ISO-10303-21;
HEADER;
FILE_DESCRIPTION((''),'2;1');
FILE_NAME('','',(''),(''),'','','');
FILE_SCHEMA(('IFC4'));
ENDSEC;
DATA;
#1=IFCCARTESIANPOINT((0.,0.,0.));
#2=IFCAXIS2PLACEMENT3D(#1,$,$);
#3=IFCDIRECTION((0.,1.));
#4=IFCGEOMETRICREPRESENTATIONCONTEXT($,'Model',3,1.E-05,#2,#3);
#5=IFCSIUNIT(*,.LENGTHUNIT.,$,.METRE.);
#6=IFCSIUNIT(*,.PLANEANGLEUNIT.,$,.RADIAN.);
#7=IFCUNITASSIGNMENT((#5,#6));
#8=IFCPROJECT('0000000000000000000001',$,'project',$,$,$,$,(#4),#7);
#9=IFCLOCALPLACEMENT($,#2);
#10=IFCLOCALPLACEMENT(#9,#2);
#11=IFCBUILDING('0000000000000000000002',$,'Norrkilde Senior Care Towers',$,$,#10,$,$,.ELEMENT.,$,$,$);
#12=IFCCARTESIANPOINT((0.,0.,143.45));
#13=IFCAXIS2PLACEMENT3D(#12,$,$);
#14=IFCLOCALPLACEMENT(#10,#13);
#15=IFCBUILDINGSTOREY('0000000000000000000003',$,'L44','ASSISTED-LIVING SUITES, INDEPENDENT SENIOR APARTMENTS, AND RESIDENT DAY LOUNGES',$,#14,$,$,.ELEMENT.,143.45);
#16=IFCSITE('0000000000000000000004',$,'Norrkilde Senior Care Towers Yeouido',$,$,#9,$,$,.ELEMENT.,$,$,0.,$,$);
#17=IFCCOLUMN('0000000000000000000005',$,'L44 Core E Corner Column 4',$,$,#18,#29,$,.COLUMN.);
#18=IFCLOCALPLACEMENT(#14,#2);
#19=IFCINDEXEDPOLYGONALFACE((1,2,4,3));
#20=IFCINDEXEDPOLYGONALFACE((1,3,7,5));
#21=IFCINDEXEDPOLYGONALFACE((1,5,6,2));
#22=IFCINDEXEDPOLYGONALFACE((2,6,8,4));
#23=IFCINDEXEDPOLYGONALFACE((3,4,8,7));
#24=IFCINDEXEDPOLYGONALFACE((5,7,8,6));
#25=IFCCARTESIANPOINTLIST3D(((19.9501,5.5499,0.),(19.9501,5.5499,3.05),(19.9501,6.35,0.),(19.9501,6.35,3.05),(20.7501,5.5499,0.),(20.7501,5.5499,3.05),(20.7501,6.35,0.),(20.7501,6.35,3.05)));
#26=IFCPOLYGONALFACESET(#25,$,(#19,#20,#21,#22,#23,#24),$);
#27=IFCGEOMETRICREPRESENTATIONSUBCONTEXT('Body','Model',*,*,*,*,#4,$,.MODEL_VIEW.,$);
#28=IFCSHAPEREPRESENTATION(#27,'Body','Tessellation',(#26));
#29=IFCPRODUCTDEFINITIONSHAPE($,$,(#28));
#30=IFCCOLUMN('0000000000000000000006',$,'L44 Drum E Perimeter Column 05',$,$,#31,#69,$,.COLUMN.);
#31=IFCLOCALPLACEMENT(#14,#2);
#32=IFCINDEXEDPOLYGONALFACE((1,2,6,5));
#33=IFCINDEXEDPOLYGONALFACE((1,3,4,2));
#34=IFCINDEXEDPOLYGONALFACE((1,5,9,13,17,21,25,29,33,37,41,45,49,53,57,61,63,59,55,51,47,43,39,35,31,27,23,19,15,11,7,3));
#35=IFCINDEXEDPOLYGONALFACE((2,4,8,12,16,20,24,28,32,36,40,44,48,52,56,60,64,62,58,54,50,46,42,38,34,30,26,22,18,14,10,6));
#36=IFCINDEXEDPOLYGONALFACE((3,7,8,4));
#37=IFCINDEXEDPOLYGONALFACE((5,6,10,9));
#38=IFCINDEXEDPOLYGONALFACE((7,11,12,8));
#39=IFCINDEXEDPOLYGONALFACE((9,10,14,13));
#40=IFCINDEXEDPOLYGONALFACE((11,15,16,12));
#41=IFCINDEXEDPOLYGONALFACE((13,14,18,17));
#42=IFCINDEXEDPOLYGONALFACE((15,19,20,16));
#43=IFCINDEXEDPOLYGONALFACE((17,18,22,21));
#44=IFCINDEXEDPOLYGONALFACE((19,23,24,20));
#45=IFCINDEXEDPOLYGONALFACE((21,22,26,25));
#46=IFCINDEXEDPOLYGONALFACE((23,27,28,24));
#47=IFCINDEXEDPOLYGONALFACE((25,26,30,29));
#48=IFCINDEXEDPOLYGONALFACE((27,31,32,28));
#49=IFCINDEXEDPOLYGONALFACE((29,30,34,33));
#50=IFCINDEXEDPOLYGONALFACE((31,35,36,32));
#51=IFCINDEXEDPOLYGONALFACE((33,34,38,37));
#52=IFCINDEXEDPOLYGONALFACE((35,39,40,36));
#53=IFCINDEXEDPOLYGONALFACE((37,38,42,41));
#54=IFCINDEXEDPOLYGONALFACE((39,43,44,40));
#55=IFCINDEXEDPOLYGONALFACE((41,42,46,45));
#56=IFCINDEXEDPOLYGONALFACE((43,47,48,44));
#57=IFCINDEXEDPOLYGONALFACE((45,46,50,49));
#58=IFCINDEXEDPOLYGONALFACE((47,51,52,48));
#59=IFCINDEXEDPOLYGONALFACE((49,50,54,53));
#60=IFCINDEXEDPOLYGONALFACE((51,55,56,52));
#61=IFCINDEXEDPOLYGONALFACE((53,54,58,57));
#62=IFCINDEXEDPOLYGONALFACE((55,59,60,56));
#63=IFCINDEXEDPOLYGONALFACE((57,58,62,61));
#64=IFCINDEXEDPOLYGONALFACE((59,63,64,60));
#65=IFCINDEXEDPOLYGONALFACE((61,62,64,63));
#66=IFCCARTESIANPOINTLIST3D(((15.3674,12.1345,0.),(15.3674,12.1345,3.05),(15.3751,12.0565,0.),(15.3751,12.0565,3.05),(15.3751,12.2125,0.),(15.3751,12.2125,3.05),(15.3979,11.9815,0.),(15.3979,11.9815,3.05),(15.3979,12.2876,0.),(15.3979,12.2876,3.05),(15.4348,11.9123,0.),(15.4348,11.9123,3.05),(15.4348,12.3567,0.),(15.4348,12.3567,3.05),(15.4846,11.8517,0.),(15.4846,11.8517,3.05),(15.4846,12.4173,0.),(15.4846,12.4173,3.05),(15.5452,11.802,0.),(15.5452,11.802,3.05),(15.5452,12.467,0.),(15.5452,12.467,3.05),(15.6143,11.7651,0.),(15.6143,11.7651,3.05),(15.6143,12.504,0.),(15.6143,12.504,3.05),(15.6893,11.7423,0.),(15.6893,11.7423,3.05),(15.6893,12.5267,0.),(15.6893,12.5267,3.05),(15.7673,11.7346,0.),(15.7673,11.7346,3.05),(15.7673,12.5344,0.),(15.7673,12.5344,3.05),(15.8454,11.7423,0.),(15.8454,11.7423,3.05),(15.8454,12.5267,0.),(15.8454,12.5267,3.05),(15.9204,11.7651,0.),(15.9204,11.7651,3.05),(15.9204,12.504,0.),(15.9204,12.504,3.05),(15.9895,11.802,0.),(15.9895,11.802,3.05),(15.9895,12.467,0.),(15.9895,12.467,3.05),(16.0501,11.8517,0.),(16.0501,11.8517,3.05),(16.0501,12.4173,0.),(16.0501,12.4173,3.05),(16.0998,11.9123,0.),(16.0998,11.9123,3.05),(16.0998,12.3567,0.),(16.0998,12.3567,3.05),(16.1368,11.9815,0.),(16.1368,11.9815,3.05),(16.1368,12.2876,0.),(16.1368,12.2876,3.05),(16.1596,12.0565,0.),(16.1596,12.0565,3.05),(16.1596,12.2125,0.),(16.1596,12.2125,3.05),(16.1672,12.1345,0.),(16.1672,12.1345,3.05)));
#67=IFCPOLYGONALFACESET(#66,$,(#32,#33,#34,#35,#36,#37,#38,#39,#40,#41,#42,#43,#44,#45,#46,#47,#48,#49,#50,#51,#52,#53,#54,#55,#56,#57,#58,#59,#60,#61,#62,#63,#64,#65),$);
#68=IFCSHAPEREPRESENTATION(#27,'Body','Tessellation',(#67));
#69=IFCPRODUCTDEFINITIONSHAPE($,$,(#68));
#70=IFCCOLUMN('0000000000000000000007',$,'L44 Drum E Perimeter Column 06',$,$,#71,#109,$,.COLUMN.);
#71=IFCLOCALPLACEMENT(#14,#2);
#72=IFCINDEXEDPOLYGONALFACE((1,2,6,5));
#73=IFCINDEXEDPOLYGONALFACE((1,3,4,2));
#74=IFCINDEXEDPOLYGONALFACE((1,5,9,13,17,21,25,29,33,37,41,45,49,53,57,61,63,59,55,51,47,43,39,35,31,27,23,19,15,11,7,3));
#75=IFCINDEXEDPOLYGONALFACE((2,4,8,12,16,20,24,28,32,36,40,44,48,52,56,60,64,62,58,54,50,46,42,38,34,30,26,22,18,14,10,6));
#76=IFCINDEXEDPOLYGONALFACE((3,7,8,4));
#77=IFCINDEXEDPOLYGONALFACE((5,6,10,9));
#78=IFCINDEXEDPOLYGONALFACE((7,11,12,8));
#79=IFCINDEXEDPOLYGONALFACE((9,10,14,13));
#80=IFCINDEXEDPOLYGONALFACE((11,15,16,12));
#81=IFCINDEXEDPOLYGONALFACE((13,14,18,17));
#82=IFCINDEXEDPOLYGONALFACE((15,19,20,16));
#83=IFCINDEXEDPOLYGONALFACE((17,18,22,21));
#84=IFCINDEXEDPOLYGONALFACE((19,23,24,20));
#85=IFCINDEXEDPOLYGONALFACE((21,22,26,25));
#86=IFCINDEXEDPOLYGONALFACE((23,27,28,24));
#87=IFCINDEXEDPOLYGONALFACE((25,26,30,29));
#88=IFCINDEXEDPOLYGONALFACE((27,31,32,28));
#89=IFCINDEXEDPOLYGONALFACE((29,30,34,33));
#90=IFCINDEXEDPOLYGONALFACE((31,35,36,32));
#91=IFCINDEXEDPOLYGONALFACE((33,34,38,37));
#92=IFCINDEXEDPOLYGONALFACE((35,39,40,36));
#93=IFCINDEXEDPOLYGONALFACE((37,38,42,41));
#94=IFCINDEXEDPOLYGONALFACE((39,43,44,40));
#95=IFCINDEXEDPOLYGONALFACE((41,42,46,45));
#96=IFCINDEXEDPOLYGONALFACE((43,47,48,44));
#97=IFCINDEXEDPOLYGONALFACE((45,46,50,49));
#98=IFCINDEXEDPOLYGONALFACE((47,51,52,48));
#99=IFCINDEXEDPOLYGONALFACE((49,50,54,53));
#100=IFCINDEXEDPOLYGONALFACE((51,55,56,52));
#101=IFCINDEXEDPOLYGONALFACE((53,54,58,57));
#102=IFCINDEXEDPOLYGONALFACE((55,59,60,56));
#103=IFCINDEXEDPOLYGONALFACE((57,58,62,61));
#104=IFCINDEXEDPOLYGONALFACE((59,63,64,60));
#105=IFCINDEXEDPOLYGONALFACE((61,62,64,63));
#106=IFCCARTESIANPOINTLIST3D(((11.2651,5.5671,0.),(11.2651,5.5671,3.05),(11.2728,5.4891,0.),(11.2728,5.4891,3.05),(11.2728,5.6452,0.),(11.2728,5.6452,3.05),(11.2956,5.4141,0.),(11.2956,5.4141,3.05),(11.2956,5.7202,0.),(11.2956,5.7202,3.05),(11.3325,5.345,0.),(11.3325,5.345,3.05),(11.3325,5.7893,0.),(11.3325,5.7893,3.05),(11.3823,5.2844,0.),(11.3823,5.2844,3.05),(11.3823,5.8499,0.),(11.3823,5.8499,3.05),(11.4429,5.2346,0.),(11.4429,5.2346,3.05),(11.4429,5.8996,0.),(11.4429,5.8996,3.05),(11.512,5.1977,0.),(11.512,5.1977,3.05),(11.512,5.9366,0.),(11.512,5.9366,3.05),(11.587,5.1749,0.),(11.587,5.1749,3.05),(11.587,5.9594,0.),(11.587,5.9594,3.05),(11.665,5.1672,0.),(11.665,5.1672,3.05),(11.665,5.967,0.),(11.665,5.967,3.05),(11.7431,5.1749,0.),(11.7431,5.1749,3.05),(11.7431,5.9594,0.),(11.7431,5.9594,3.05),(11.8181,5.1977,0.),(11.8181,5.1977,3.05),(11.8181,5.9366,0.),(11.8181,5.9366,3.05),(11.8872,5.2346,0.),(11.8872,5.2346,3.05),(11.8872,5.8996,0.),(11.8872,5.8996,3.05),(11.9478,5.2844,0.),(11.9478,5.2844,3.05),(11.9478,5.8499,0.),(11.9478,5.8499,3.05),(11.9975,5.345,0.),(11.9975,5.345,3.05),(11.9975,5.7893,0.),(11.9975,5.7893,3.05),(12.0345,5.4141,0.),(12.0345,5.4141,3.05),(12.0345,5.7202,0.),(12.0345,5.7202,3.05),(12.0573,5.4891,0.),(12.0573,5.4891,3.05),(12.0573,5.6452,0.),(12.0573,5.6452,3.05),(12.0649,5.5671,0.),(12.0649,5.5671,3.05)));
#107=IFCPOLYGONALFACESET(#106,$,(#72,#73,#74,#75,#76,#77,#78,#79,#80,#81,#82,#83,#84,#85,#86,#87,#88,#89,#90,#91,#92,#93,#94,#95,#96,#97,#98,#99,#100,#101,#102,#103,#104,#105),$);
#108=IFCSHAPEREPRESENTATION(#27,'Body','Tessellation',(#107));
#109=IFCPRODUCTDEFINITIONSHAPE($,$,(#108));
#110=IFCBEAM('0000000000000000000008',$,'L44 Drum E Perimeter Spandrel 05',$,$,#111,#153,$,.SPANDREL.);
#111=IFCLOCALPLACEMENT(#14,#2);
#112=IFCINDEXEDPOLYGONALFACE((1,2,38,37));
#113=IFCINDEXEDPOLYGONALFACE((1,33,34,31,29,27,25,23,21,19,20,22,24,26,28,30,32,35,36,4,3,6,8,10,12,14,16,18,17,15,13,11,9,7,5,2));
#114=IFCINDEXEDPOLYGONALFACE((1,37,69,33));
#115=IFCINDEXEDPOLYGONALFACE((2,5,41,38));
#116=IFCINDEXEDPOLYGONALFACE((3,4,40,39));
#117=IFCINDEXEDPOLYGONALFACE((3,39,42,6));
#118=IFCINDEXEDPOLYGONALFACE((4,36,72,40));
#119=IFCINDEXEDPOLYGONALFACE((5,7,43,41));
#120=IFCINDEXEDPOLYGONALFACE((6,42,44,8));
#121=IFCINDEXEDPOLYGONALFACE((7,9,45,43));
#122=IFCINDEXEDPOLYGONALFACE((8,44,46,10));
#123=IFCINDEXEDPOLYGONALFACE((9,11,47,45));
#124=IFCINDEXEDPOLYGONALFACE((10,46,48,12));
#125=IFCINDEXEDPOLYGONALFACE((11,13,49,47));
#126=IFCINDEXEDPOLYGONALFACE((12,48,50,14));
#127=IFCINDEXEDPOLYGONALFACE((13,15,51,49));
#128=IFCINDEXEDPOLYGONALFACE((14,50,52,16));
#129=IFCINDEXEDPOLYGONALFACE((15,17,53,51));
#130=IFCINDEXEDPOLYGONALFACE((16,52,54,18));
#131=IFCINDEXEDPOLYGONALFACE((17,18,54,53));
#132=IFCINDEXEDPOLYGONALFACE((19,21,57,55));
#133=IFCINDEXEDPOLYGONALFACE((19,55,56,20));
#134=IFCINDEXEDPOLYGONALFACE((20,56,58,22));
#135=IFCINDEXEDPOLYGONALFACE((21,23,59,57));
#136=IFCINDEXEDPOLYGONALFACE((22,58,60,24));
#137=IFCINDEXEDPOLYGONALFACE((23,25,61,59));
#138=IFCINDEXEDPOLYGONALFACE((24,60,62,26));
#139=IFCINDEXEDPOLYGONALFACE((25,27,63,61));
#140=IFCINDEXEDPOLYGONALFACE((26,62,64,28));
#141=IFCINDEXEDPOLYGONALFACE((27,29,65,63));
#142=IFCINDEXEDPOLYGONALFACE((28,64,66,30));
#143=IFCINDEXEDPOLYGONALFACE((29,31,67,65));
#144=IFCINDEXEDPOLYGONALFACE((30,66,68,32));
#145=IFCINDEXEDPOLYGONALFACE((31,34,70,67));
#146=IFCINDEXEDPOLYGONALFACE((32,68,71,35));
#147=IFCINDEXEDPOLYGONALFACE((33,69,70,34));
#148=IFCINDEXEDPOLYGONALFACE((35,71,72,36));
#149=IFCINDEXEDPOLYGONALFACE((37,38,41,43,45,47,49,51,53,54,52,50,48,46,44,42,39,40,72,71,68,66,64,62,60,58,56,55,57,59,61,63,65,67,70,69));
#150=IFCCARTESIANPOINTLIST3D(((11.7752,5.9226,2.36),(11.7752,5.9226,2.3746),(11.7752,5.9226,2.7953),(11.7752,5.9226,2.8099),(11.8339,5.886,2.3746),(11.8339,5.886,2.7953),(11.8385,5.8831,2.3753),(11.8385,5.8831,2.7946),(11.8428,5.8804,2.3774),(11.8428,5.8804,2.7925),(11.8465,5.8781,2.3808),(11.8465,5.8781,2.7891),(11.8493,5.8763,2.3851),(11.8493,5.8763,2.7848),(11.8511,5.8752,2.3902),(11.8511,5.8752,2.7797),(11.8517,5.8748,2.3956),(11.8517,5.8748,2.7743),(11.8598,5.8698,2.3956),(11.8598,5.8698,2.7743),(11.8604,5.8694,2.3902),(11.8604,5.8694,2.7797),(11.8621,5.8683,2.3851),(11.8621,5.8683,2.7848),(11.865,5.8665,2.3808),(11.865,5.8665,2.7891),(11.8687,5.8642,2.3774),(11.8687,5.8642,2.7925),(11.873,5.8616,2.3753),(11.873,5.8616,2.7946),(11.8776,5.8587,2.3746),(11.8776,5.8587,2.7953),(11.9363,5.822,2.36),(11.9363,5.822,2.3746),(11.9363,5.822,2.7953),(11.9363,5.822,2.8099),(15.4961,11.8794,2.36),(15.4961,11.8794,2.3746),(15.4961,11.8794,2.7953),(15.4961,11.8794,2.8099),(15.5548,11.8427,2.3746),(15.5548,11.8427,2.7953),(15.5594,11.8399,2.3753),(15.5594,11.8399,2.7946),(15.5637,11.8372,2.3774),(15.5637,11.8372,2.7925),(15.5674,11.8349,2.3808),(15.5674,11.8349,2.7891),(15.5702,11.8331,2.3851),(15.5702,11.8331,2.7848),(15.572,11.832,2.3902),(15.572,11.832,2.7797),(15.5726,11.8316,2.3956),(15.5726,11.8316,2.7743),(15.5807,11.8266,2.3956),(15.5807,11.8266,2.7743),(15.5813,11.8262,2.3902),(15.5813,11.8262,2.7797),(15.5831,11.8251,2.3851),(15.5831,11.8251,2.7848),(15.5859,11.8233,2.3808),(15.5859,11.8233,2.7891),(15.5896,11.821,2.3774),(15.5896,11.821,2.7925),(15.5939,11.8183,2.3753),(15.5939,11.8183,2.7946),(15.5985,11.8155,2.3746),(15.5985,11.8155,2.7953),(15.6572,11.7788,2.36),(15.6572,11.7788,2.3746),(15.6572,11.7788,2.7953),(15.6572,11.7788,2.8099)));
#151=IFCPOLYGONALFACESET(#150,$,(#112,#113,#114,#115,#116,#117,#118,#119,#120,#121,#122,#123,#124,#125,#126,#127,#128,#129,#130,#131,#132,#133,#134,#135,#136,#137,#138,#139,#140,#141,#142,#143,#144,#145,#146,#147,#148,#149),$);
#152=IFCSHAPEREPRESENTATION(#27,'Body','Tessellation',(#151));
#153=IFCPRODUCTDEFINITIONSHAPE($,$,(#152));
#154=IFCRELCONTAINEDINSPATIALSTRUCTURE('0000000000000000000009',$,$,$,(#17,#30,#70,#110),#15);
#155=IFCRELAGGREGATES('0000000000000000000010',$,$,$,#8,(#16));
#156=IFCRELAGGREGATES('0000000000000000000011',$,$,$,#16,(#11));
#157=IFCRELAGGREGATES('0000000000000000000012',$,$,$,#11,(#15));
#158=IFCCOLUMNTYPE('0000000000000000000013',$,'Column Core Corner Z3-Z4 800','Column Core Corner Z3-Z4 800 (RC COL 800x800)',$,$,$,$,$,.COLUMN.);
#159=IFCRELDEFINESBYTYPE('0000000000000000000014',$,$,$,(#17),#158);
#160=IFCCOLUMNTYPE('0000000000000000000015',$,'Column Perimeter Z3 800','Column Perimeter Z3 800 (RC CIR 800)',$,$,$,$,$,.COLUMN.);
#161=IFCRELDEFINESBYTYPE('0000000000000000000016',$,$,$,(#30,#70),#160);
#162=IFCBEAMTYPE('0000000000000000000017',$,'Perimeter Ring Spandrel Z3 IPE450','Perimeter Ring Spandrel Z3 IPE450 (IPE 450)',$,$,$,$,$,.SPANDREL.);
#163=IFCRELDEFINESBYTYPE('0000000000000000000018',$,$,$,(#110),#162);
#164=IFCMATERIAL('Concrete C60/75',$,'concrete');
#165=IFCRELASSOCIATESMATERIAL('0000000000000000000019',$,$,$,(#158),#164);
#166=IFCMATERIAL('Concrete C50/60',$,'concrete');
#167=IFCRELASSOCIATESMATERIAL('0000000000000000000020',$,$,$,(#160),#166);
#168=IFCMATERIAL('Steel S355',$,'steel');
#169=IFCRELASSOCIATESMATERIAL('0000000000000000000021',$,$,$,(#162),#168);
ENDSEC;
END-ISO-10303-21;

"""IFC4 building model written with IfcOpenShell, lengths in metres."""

from ifc_helpers import new_model, si_unit, direction, frame, origin, origin_2d, place, context, subcontext, project, spatial, rectangle, circle, i_section, extrude, source, transform, mapped, material, material_profile, profile_set, type_object, type_shapes, element, save


model = new_model("IFC4")

# Units and contexts
model_context = context("Model", 3, precision=1e-05, world=origin(), true_north=direction((0.0, 1.0)))
body_context = subcontext(model_context, "Body", "Model", "MODEL_VIEW")
ifc_project = project(units=[si_unit("LENGTHUNIT", "METRE"), si_unit("PLANEANGLEUNIT", "RADIAN")], contexts=[model_context])

# Site, building, storey
site_placement = place(None, origin())
site = spatial("IfcSite", under=ifc_project, at=site_placement, Name="Norrkilde Senior Care Towers Yeouido", CompositionType="ELEMENT", RefElevation=0.0)
building_placement = place(site_placement, origin())
building = spatial("IfcBuilding", under=site, at=building_placement, Name="Norrkilde Senior Care Towers", CompositionType="ELEMENT")
storey_placement = place(building_placement, frame((0.0, 0.0, 143.45)))
storey = spatial("IfcBuildingStorey", under=building, at=storey_placement, Name="L44", Description="ASSISTED-LIVING SUITES, INDEPENDENT SENIOR APARTMENTS, AND RESIDENT DAY LOUNGES", CompositionType="ELEMENT", Elevation=143.45)

# Columns
ifc_material_1 = material(Name="Concrete C60/75", Category="concrete")
ifc_material_profile_1 = material_profile(ifc_material_1, rectangle(XDim=0.8, YDim=0.8, at=origin_2d()), Name="RC COL 800x800")
ifc_profile_set_1 = profile_set([ifc_material_profile_1], Name="Concrete C60/75")
column_type_1 = type_object("IfcColumnType", Name="Column Core Corner Z3-Z4 800", Description="Column Core Corner Z3-Z4 800 (RC COL 800x800)", PredefinedType="COLUMN", material=ifc_profile_set_1)
shared_shape_1 = source(origin(), body_context, "Body", "SweptSolid", [
    extrude(rectangle(XDim=0.8, YDim=0.8, at=origin_2d()), origin(), (0.0, 0.0, 1.0), 3.05),
])
type_shapes(column_type_1, [shared_shape_1])
column_placement = place(storey_placement, frame((20.3501, 5.95, 0.0), z_axis=(0.0, 0.0, 1.0), x_axis=(1.0, 0.0, 0.0)))
element("IfcColumn", 1, at=column_placement, inside=storey, type_object=column_type_1, Name="L44 Core E Corner Column 4", PredefinedType="COLUMN", context=body_context, shape_type="MappedRepresentation", body=[
    mapped(shared_shape_1, transform((0.0, 0.0, 0.0), x_axis=(1.0, 0.0, 0.0), y_axis=(0.0, 1.0, 0.0), z_axis=(0.0, 0.0, 1.0), scale=1.0)),
])
ifc_material_2 = material(Name="Concrete C50/60", Category="concrete")
ifc_material_profile_2 = material_profile(ifc_material_2, circle(Radius=0.3999, at=origin_2d()), Name="RC CIR 800")
ifc_profile_set_2 = profile_set([ifc_material_profile_2], Name="Concrete C50/60")
column_type_2 = type_object("IfcColumnType", Name="Column Perimeter Z3 800", Description="Column Perimeter Z3 800 (RC CIR 800)", PredefinedType="COLUMN", material=ifc_profile_set_2)
shared_shape_2 = source(origin(), body_context, "Body", "SweptSolid", [
    extrude(circle(Radius=0.3999, at=origin_2d()), origin(), (0.0, 0.0, 1.0), 3.05),
])
type_shapes(column_type_2, [shared_shape_2])
for number, where, z_axis, x_axis, name in (
    (2, (15.7673, 12.1345, 0.0), (0.0, 0.0, 1.0), (1.0, 0.0, 0.0), "L44 Drum E Perimeter Column 05"),
    (3, (11.665, 5.5671, 0.0), (0.0, 0.0, 1.0), (1.0, 0.0, 0.0), "L44 Drum E Perimeter Column 06"),
):
    element("IfcColumn", number, at=place(storey_placement, frame(where, z_axis=z_axis, x_axis=x_axis)), inside=storey, type_object=column_type_2, Name=name, PredefinedType="COLUMN", context=body_context, shape_type="MappedRepresentation", body=[
        mapped(shared_shape_2, transform((0.0, 0.0, 0.0), x_axis=(1.0, 0.0, 0.0), y_axis=(0.0, 1.0, 0.0), z_axis=(0.0, 0.0, 1.0), scale=1.0)),
    ])

# Beam
ifc_material_3 = material(Name="Steel S355", Category="steel")
ifc_material_profile_3 = material_profile(ifc_material_3, i_section(OverallWidth=0.1899, OverallDepth=0.45, WebThickness=0.0095, FlangeThickness=0.0146, FilletRadius=0.021, at=origin_2d()), Name="IPE 450")
ifc_profile_set_3 = profile_set([ifc_material_profile_3], Name="Steel S355")
beam_type_1 = type_object("IfcBeamType", Name="Perimeter Ring Spandrel Z3 IPE450", Description="Perimeter Ring Spandrel Z3 IPE450 (IPE 450)", PredefinedType="SPANDREL", material=ifc_profile_set_3)
shared_shape_3 = source(origin(), body_context, "Body", "SweptSolid", [
    extrude(i_section(OverallWidth=0.1899, OverallDepth=0.45, WebThickness=0.0095, FlangeThickness=0.0146, FilletRadius=0.021, at=origin_2d()), origin(), (0.0, 0.0, 1.0), 7.0234),
])
beam_1_placement = place(storey_placement, frame((15.5767, 11.8291, 2.585), z_axis=(-0.52979, -0.848129, 0.0), x_axis=(0.848129, -0.52979, 0.0)))
element("IfcBeam", 4, at=beam_1_placement, inside=storey, type_object=beam_type_1, Name="L44 Drum E Perimeter Spandrel 05", PredefinedType="SPANDREL", context=body_context, shape_type="MappedRepresentation", body=[
    mapped(shared_shape_3, transform((0.0, 0.0, 0.0), x_axis=(1.0, 0.0, 0.0), y_axis=(0.0, 1.0, 0.0), z_axis=(0.0, 0.0, 1.0), scale=1.0)),
])

save(model, "model.ifc")
